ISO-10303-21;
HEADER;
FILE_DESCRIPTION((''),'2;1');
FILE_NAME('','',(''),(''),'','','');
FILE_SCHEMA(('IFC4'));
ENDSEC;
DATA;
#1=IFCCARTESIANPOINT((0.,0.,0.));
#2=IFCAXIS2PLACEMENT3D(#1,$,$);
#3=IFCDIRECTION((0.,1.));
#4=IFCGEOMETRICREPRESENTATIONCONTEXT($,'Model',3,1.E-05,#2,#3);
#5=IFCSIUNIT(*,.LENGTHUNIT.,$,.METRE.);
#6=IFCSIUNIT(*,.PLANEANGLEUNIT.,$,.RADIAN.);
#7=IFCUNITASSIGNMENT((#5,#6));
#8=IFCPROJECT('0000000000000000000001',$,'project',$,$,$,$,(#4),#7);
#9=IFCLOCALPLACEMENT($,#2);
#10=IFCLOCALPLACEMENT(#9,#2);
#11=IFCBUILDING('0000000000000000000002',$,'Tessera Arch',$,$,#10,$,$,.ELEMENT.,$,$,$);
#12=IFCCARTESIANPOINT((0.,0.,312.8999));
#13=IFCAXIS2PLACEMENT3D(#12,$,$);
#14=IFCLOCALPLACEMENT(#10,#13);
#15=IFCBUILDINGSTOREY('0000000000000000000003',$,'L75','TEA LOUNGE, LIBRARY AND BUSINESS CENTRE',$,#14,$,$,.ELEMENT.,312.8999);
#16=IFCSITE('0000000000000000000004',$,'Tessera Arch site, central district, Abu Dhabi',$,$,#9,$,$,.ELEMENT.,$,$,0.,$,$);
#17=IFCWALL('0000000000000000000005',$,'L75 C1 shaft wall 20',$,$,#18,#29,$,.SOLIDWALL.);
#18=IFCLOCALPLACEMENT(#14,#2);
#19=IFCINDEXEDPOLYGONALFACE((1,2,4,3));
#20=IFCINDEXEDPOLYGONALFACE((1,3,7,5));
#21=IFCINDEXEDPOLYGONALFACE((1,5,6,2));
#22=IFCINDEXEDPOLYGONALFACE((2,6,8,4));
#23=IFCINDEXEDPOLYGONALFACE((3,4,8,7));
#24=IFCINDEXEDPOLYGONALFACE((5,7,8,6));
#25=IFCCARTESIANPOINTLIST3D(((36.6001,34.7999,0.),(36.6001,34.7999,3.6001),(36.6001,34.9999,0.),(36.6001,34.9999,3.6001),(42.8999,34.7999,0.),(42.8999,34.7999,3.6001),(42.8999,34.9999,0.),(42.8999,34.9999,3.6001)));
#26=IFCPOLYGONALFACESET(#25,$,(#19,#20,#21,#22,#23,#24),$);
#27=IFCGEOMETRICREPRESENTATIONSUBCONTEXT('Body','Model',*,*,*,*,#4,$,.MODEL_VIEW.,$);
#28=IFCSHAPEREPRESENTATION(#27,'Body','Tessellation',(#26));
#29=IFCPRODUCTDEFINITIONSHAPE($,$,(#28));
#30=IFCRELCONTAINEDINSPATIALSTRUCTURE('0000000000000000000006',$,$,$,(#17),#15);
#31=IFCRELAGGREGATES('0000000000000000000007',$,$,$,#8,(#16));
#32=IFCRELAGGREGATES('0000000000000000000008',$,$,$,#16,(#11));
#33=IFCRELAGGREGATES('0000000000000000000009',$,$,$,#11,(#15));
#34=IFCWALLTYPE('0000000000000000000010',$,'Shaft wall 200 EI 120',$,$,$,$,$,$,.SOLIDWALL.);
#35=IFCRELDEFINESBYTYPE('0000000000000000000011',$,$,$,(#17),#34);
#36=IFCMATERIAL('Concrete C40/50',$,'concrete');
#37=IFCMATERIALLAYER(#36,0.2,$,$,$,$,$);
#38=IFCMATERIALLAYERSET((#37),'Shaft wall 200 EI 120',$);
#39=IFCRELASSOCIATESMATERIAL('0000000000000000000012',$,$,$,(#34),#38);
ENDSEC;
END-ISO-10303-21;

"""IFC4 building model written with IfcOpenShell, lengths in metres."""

from ifc_helpers import new_model, si_unit, direction, frame, frame_2d, origin, place, context, subcontext, project, spatial, rectangle, extrude, material, layer, layer_set, type_object, element, save


model = new_model("IFC4")

# Units and contexts
model_context = context("Model", 3, precision=1e-05, world=origin(), true_north=direction((0.0, 1.0)))
body_context = subcontext(model_context, "Body", "Model", "MODEL_VIEW")
ifc_project = project(units=[si_unit("LENGTHUNIT", "METRE"), si_unit("PLANEANGLEUNIT", "RADIAN")], contexts=[model_context])

# Site, building, storey
site_placement = place(None, origin())
site = spatial("IfcSite", under=ifc_project, at=site_placement, Name="Tessera Arch site, central district, Abu Dhabi", CompositionType="ELEMENT", RefElevation=0.0)
building_placement = place(site_placement, origin())
building = spatial("IfcBuilding", under=site, at=building_placement, Name="Tessera Arch", CompositionType="ELEMENT")
storey_placement = place(building_placement, frame((0.0, 0.0, 312.8999)))
storey = spatial("IfcBuildingStorey", under=building, at=storey_placement, Name="L75", Description="TEA LOUNGE, LIBRARY AND BUSINESS CENTRE", CompositionType="ELEMENT", Elevation=312.8999)

# Shared definitions
ifc_material_1 = material(Name="Concrete C40/50", Category="concrete")
ifc_layer_1 = layer(ifc_material_1, 0.2)
ifc_layer_set_1 = layer_set([ifc_layer_1], Name="Shaft wall 200 EI 120")
wall_type_1 = type_object("IfcWallType", Name="Shaft wall 200 EI 120", PredefinedType="SOLIDWALL", material=ifc_layer_set_1)

# Wall
wall_1_placement = place(storey_placement, frame((36.6001, 34.8999, 0.0), z_axis=(0.0, 0.0, 1.0), x_axis=(1.0, 0.0, 0.0)))
element("IfcWall", 1, at=wall_1_placement, inside=storey, type_object=wall_type_1, Name="L75 C1 shaft wall 20", PredefinedType="SOLIDWALL", context=body_context, shape_type="SweptSolid", body=[
    extrude(rectangle(XDim=6.2998, YDim=0.2, at=frame_2d((3.1499, 0.0))), origin(), (0.0, 0.0, 1.0), 3.6001),
])

save(model, "model.ifc")
